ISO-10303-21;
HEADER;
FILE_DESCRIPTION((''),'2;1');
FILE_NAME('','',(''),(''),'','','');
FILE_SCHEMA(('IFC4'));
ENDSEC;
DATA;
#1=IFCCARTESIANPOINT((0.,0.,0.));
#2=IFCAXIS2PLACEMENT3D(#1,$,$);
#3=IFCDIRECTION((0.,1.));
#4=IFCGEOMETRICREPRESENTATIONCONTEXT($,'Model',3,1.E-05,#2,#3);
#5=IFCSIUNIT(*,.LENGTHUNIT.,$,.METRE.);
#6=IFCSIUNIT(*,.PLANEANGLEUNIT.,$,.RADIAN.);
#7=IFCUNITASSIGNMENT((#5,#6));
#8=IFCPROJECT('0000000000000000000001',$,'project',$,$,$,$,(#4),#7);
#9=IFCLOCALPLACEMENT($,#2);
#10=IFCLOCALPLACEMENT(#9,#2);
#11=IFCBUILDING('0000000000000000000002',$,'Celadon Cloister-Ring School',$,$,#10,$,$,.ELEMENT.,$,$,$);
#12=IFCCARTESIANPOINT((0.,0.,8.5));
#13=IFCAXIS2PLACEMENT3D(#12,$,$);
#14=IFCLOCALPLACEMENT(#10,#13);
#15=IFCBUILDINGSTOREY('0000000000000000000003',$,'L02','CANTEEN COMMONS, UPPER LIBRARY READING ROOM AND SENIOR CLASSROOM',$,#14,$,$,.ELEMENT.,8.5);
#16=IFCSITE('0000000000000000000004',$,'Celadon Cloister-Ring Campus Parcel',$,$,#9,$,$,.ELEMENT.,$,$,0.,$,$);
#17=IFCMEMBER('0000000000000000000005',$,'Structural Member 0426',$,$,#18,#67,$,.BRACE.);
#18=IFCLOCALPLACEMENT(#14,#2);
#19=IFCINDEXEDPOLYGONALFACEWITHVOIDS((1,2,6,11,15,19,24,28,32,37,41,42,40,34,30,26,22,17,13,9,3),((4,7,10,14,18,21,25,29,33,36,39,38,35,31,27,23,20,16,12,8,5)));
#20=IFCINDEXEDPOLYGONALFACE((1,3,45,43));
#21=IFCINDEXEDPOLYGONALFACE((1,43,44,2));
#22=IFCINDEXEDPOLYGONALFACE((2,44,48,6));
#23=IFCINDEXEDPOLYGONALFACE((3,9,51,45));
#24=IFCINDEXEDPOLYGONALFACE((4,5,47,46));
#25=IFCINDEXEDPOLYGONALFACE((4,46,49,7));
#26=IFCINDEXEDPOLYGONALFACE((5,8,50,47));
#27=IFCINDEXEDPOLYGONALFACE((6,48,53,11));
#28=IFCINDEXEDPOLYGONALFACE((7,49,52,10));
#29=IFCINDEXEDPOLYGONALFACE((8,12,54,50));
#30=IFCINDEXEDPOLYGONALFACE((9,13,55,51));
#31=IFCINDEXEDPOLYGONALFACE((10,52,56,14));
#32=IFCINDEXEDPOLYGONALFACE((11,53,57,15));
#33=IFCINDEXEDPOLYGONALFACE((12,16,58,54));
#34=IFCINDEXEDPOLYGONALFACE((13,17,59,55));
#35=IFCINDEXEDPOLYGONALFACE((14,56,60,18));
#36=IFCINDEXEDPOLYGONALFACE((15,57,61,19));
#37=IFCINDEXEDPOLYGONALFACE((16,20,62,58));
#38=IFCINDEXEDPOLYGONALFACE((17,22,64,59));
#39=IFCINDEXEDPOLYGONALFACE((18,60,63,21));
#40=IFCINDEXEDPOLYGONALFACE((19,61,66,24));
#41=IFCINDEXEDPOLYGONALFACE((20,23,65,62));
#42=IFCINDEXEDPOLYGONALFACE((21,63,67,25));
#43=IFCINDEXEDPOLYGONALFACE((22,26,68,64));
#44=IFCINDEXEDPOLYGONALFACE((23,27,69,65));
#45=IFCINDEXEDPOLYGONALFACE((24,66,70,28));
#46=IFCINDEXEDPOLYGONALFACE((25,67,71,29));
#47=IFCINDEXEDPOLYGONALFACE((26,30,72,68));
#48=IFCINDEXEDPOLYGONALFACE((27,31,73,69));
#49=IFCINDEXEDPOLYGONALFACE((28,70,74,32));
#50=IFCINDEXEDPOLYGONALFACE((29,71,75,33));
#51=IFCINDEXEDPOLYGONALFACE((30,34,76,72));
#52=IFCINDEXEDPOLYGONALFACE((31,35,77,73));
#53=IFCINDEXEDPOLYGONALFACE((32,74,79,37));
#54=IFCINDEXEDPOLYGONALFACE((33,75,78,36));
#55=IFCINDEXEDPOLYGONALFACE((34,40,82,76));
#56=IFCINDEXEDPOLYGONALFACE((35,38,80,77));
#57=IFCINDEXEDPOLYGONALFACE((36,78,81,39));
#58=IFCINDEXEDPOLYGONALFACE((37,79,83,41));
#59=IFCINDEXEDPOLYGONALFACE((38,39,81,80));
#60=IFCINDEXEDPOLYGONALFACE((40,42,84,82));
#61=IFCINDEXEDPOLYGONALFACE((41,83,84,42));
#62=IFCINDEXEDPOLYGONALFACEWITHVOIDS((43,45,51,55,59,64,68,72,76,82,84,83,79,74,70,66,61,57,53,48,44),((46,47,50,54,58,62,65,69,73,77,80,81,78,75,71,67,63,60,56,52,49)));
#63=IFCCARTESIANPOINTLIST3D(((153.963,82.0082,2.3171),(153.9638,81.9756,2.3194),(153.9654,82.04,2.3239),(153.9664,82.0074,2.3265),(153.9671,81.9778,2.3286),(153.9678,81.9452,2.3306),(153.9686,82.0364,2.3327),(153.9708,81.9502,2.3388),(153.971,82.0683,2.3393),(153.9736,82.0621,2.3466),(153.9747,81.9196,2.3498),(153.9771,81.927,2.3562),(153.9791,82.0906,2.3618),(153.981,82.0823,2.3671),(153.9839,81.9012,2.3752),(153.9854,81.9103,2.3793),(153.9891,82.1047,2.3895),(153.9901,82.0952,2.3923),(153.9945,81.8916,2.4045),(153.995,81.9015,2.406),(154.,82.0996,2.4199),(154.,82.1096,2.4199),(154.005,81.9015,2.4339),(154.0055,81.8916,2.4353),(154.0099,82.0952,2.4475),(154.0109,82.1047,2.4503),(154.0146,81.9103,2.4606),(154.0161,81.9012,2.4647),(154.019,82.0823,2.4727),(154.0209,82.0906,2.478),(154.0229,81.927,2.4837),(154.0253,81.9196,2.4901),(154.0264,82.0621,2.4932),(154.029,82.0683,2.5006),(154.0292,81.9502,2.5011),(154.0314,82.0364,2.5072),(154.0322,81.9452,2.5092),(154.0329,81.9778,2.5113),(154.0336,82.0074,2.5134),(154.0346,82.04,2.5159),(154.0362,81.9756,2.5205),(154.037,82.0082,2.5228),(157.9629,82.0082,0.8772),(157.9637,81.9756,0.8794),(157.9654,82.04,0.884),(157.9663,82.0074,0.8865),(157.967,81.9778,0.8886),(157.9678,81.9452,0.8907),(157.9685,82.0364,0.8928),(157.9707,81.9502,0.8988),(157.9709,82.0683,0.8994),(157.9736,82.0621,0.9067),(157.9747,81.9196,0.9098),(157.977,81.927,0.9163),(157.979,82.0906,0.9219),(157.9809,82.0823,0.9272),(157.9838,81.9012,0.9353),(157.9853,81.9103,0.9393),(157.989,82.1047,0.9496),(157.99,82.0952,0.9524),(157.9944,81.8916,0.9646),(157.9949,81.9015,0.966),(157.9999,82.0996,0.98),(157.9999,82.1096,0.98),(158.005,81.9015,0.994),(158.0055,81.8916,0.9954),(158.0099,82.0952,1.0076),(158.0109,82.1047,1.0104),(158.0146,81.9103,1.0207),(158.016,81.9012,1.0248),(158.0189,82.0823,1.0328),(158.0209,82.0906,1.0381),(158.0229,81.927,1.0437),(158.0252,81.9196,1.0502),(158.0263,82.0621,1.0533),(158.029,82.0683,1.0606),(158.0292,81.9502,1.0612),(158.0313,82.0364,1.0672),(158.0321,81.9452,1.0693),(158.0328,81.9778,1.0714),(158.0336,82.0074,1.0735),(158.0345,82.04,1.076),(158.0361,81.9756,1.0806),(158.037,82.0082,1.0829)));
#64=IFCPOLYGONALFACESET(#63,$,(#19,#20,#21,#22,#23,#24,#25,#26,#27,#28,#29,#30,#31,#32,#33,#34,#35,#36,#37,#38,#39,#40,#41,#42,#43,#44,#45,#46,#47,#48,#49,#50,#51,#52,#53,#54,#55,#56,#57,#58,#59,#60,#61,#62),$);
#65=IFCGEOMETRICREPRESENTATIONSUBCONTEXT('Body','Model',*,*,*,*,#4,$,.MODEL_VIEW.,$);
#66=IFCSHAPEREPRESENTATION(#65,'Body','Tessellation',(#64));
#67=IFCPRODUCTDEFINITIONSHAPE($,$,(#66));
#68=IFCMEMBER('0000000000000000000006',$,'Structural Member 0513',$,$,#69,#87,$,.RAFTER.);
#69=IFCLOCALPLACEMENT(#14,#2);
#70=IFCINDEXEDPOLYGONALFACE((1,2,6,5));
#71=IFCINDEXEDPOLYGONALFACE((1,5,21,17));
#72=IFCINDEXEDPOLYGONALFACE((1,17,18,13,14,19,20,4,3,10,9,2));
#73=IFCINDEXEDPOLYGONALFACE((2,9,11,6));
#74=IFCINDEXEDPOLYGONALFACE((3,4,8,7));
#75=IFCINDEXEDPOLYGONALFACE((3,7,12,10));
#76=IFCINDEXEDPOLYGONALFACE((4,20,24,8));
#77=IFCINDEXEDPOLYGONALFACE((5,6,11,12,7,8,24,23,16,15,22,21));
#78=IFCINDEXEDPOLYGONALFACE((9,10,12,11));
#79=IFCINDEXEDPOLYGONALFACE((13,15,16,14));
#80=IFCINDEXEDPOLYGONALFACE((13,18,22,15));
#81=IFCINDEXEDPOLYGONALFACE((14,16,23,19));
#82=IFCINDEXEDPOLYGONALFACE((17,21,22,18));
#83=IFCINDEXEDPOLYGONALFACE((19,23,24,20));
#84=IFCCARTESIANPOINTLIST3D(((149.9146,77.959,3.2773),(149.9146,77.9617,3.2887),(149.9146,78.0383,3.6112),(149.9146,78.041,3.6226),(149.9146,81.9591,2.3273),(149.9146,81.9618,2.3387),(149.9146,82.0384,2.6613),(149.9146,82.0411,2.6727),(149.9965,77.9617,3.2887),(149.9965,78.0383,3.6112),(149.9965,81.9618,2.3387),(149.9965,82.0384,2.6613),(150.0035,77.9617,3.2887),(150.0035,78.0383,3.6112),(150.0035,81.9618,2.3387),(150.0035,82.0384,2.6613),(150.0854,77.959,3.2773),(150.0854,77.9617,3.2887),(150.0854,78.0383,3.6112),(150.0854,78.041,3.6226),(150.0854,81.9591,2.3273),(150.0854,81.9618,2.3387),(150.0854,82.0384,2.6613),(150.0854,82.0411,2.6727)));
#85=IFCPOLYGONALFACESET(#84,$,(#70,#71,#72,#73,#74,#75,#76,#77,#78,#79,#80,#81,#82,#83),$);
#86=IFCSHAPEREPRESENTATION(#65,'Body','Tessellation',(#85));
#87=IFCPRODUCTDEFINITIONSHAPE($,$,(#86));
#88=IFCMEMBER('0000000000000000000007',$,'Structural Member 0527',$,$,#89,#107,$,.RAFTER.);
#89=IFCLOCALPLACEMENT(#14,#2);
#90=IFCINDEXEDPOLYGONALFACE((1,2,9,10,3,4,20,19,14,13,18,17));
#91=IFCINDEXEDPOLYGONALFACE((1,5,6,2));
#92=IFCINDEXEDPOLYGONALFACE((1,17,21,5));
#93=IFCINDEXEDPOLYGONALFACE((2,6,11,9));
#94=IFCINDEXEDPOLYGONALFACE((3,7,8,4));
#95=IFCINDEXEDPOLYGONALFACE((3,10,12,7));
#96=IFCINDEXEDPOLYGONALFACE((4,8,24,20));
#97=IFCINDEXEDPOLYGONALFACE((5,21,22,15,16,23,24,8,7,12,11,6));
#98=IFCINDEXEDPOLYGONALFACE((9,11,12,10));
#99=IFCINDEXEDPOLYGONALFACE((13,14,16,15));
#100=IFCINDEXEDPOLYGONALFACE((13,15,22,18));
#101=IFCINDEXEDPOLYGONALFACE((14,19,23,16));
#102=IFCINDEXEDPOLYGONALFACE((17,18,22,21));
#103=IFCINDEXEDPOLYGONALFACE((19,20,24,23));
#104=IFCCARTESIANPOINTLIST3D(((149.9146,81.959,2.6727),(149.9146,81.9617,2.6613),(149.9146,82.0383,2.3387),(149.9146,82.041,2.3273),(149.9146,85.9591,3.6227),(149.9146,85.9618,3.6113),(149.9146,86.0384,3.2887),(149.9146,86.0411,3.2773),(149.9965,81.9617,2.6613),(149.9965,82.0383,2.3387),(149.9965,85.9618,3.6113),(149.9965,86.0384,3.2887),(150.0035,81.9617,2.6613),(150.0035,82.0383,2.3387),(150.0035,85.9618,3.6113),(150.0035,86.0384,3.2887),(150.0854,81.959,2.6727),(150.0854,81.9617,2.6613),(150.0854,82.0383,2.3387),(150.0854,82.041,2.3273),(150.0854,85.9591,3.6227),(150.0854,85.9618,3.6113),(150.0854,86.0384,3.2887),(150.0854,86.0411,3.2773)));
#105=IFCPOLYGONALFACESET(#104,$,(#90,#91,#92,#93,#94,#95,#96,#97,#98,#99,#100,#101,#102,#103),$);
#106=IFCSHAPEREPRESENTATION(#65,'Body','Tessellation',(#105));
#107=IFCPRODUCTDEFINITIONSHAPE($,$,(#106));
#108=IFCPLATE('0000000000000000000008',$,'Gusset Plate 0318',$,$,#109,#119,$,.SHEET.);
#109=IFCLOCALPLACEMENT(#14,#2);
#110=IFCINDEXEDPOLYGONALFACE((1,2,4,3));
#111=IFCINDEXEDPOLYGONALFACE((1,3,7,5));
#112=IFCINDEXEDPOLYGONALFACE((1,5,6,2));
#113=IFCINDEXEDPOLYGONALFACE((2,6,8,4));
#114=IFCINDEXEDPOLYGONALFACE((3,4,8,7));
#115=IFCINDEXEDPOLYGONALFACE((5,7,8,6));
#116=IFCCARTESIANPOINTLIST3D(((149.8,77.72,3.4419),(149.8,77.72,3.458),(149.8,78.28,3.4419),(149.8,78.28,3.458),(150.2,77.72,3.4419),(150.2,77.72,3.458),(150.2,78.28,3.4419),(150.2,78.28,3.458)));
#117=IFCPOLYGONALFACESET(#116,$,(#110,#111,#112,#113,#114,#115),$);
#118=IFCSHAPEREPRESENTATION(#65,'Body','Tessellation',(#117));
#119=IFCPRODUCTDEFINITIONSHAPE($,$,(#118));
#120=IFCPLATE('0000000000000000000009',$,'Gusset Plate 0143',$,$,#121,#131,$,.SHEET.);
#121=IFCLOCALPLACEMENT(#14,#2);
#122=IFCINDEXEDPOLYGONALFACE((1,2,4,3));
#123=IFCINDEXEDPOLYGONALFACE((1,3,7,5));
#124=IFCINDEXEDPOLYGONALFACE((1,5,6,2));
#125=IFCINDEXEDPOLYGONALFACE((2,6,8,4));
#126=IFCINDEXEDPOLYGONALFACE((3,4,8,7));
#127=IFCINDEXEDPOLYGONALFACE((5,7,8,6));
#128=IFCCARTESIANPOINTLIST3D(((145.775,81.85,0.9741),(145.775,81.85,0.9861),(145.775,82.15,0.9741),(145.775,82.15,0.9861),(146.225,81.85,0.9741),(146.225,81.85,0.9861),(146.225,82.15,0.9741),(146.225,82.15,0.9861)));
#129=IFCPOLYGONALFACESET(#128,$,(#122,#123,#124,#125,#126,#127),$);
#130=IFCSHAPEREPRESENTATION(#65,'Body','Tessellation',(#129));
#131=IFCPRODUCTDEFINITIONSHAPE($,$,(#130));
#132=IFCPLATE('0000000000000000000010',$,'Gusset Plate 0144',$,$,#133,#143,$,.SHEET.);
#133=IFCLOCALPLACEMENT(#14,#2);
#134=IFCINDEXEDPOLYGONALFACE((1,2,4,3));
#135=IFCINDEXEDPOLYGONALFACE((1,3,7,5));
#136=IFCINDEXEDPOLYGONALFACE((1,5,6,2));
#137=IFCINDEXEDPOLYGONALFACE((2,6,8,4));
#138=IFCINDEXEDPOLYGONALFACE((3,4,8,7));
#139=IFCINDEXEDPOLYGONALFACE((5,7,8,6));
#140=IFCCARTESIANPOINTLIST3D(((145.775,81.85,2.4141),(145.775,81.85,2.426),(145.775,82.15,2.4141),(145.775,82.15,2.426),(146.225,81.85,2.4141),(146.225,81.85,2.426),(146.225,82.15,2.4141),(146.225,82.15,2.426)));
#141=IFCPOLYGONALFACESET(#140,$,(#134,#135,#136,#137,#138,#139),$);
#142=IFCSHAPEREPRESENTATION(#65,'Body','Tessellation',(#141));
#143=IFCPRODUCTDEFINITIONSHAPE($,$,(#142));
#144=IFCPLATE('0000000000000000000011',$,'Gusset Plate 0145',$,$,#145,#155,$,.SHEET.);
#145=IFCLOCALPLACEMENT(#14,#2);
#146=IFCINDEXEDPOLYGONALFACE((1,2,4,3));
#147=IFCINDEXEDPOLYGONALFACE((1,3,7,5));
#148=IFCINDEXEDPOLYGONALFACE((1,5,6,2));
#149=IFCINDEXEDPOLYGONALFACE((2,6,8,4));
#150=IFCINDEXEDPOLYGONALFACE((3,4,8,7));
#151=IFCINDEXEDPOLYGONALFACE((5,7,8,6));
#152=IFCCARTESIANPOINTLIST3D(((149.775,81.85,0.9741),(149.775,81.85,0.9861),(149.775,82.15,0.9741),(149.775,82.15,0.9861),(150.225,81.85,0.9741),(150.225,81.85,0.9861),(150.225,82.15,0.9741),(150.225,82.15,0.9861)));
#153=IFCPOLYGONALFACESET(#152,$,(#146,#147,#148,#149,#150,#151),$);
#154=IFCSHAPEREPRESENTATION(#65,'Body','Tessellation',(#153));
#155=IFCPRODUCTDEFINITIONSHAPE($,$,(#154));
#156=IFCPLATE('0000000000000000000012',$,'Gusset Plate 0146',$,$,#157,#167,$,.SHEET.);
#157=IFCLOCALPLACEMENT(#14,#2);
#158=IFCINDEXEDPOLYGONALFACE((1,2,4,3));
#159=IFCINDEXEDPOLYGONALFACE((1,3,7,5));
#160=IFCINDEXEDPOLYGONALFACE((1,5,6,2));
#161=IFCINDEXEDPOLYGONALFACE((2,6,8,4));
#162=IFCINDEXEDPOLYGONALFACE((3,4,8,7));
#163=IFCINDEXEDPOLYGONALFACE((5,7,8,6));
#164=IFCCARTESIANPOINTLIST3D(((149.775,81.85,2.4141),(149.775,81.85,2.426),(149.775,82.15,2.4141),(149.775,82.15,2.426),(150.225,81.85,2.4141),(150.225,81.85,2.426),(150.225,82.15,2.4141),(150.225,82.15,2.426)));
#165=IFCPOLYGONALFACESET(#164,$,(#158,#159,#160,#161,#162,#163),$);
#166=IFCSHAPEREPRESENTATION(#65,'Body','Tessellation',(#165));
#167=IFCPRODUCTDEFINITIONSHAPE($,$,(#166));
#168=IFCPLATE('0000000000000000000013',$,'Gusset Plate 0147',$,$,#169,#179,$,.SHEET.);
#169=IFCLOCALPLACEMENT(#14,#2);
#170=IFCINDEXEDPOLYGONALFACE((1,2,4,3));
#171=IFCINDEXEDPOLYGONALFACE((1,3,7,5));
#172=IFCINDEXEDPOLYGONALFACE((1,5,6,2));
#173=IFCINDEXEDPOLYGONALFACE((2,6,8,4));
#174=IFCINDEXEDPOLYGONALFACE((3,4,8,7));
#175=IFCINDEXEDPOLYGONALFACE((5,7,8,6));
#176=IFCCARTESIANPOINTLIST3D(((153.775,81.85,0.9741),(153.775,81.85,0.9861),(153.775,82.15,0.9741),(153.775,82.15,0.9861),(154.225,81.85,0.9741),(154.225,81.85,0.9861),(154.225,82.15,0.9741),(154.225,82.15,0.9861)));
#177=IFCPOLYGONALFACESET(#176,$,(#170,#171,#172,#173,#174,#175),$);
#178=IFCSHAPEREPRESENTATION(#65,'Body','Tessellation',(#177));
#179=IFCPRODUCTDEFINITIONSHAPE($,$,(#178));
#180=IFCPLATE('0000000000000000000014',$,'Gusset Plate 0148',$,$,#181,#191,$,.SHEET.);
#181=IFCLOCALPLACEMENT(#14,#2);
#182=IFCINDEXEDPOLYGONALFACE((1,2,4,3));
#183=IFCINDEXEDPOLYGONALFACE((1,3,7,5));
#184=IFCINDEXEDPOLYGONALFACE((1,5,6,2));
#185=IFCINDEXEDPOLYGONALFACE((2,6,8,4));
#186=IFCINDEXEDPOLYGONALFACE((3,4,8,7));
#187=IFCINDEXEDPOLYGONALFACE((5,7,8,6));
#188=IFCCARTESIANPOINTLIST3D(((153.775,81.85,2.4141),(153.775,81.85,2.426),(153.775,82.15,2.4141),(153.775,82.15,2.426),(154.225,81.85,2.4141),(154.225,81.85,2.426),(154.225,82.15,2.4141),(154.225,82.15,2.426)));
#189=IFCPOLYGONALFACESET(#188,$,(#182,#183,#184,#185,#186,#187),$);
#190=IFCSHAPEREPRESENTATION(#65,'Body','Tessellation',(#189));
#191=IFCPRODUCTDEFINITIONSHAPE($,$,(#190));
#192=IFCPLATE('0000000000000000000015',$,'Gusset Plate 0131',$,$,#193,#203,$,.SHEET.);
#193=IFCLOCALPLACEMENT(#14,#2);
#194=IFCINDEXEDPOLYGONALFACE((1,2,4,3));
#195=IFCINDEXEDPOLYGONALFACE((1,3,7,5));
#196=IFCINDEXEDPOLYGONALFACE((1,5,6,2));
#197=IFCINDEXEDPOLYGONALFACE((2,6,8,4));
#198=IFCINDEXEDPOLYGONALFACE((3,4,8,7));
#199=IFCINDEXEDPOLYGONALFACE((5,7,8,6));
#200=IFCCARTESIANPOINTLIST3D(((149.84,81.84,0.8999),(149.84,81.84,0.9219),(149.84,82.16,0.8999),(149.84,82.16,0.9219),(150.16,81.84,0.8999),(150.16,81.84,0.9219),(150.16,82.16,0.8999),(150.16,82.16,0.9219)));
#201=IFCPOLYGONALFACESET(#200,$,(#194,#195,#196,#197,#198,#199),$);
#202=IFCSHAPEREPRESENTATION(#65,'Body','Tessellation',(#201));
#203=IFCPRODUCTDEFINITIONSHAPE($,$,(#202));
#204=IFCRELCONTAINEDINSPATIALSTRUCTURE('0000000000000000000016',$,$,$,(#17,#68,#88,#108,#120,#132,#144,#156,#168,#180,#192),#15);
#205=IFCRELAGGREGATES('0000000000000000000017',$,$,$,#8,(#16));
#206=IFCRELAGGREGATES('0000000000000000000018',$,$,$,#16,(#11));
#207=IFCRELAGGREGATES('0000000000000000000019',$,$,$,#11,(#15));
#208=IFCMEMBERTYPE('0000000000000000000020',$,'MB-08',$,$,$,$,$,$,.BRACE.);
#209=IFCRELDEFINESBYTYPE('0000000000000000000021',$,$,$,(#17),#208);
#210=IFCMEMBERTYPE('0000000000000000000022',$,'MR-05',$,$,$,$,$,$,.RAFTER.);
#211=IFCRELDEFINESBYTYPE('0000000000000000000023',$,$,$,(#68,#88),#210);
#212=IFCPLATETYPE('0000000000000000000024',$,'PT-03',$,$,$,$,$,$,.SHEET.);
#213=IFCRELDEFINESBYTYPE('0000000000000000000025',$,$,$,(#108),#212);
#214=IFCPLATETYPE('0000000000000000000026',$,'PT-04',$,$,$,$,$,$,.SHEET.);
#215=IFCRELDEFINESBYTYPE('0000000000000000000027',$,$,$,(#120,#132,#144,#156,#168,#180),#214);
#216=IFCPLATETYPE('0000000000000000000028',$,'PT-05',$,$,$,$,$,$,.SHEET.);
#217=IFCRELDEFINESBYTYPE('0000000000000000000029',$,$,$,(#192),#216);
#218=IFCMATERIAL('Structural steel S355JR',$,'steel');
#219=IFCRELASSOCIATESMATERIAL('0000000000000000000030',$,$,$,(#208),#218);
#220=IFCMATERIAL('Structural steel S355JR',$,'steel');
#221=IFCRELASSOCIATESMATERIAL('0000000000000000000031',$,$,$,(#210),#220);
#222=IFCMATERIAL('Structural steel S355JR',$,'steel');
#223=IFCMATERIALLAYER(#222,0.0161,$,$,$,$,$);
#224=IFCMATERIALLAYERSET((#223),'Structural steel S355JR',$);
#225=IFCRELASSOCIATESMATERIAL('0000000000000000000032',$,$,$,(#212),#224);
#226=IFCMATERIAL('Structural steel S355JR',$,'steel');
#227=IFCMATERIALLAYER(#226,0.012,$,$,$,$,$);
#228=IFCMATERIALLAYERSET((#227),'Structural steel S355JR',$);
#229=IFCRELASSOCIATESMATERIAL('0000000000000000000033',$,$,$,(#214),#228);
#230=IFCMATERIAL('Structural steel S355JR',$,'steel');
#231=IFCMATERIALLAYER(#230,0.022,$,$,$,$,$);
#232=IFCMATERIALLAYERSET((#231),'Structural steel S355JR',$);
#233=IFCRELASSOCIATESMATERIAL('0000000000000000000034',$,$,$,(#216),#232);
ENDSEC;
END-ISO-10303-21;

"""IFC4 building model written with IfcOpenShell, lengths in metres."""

from ifc_helpers import new_model, si_unit, direction, frame, origin, origin_2d, place, context, subcontext, project, spatial, rectangle, hollow_circle, i_section, extrude, material, layer, layer_set, material_profile, profile_set, type_object, element, save


model = new_model("IFC4")

# Units and contexts
model_context = context("Model", 3, precision=1e-05, world=origin(), true_north=direction((0.0, 1.0)))
body_context = subcontext(model_context, "Body", "Model", "MODEL_VIEW")
ifc_project = project(units=[si_unit("LENGTHUNIT", "METRE"), si_unit("PLANEANGLEUNIT", "RADIAN")], contexts=[model_context])

# Site, building, storey
site_placement = place(None, origin())
site = spatial("IfcSite", under=ifc_project, at=site_placement, Name="Celadon Cloister-Ring Campus Parcel", CompositionType="ELEMENT", RefElevation=0.0)
building_placement = place(site_placement, origin())
building = spatial("IfcBuilding", under=site, at=building_placement, Name="Celadon Cloister-Ring School", CompositionType="ELEMENT")
storey_placement = place(building_placement, frame((0.0, 0.0, 8.5)))
storey = spatial("IfcBuildingStorey", under=building, at=storey_placement, Name="L02", Description="CANTEEN COMMONS, UPPER LIBRARY READING ROOM AND SENIOR CLASSROOM", CompositionType="ELEMENT", Elevation=8.5)

# Members
ifc_material_1 = material(Name="Structural steel S355JR", Category="steel")
ifc_material_profile_1 = material_profile(ifc_material_1, hollow_circle(Radius=0.1096, WallThickness=0.01, at=origin_2d()), Name="CHS219.1X10")
ifc_profile_set_1 = profile_set([ifc_material_profile_1], Name="Structural steel S355JR")
member_type_1 = type_object("IfcMemberType", Name="MB-08", PredefinedType="BRACE", material=ifc_profile_set_1)
for number, where, z_axis, x_axis, name in (
    (1, (154.0, 82.0, 2.4199), (0.940892, 0.0, -0.338707), (0.0, 1.0, 0.0), "Structural Member 0426"),
):
    element("IfcMember", number, at=place(storey_placement, frame(where, z_axis=z_axis, x_axis=x_axis)), inside=storey, type_object=member_type_1, Name=name, PredefinedType="BRACE", context=body_context, shape_type="SweptSolid", body=[
        extrude(hollow_circle(Radius=0.1096, WallThickness=0.01, at=origin_2d()), origin(), (0.0, 0.0, 1.0), 4.2512),
    ])
ifc_material_2 = material(Name="Structural steel S355JR", Category="steel")
ifc_material_profile_2 = material_profile(ifc_material_2, i_section(OverallWidth=0.1709, OverallDepth=0.355, WebThickness=0.0071, FlangeThickness=0.0117, at=origin_2d()), Name="W360X51")
ifc_profile_set_2 = profile_set([ifc_material_profile_2], Name="Structural steel S355JR")
member_type_2 = type_object("IfcMemberType", Name="MR-05", PredefinedType="RAFTER", material=ifc_profile_set_2)
for number, where, z_axis, x_axis, name in (
    (2, (150.0, 78.0, 3.45), (0.0, 0.972939, -0.231061), (-1.0, 0.0, 0.0), "Structural Member 0513"),
    (3, (150.0, 82.0, 2.5), (0.0, 0.972939, 0.231061), (-1.0, 0.0, 0.0), "Structural Member 0527"),
):
    element("IfcMember", number, at=place(storey_placement, frame(where, z_axis=z_axis, x_axis=x_axis)), inside=storey, type_object=member_type_2, Name=name, PredefinedType="RAFTER", context=body_context, shape_type="SweptSolid", body=[
        extrude(i_section(OverallWidth=0.1709, OverallDepth=0.355, WebThickness=0.0071, FlangeThickness=0.0117, at=origin_2d()), origin(), (0.0, 0.0, 1.0), 4.1113),
    ])

# Plates
ifc_material_3 = material(Name="Structural steel S355JR", Category="steel")
ifc_layer_1 = layer(ifc_material_3, 0.0161)
ifc_layer_set_1 = layer_set([ifc_layer_1], Name="Structural steel S355JR")
plate_type_1 = type_object("IfcPlateType", Name="PT-03", PredefinedType="SHEET", material=ifc_layer_set_1)
plate_placement = place(storey_placement, frame((150.0, 78.0, 3.4419), z_axis=(0.0, 0.0, 1.0), x_axis=(0.0, 1.0, 0.0)))
element("IfcPlate", 4, at=plate_placement, inside=storey, type_object=plate_type_1, Name="Gusset Plate 0318", PredefinedType="SHEET", context=body_context, shape_type="SweptSolid", body=[
    extrude(rectangle(XDim=0.5601, YDim=0.3999, at=origin_2d()), origin(), (0.0, 0.0, 1.0), 0.0161),
])
ifc_material_4 = material(Name="Structural steel S355JR", Category="steel")
ifc_layer_2 = layer(ifc_material_4, 0.012)
ifc_layer_set_2 = layer_set([ifc_layer_2], Name="Structural steel S355JR")
plate_type_2 = type_object("IfcPlateType", Name="PT-04", PredefinedType="SHEET", material=ifc_layer_set_2)
for number, where, z_axis, x_axis, name in (
    (5, (146.0, 82.0, 0.9741), (0.0, 0.0, 1.0), (1.0, 0.0, 0.0), "Gusset Plate 0143"),
    (6, (146.0, 82.0, 2.4141), (0.0, 0.0, 1.0), (1.0, 0.0, 0.0), "Gusset Plate 0144"),
    (7, (150.0, 82.0, 0.9741), (0.0, 0.0, 1.0), (1.0, 0.0, 0.0), "Gusset Plate 0145"),
    (8, (150.0, 82.0, 2.4141), (0.0, 0.0, 1.0), (1.0, 0.0, 0.0), "Gusset Plate 0146"),
    (9, (154.0, 82.0, 0.9741), (0.0, 0.0, 1.0), (1.0, 0.0, 0.0), "Gusset Plate 0147"),
    (10, (154.0, 82.0, 2.4141), (0.0, 0.0, 1.0), (1.0, 0.0, 0.0), "Gusset Plate 0148"),
):
    element("IfcPlate", number, at=place(storey_placement, frame(where, z_axis=z_axis, x_axis=x_axis)), inside=storey, type_object=plate_type_2, Name=name, PredefinedType="SHEET", context=body_context, shape_type="SweptSolid", body=[
        extrude(rectangle(XDim=0.45, YDim=0.3, at=origin_2d()), origin(), (0.0, 0.0, 1.0), 0.012),
    ])
ifc_material_5 = material(Name="Structural steel S355JR", Category="steel")
ifc_layer_3 = layer(ifc_material_5, 0.022)
ifc_layer_set_3 = layer_set([ifc_layer_3], Name="Structural steel S355JR")
plate_type_3 = type_object("IfcPlateType", Name="PT-05", PredefinedType="SHEET", material=ifc_layer_set_3)
for number, where, z_axis, x_axis, name in (
    (11, (150.0, 82.0, 0.8999), (0.0, 0.0, 1.0), (1.0, 0.0, 0.0), "Gusset Plate 0131"),
):
    element("IfcPlate", number, at=place(storey_placement, frame(where, z_axis=z_axis, x_axis=x_axis)), inside=storey, type_object=plate_type_3, Name=name, PredefinedType="SHEET", context=body_context, shape_type="SweptSolid", body=[
        extrude(rectangle(XDim=0.3201, YDim=0.3201, at=origin_2d()), origin(), (0.0, 0.0, 1.0), 0.022),
    ])

save(model, "model.ifc")
